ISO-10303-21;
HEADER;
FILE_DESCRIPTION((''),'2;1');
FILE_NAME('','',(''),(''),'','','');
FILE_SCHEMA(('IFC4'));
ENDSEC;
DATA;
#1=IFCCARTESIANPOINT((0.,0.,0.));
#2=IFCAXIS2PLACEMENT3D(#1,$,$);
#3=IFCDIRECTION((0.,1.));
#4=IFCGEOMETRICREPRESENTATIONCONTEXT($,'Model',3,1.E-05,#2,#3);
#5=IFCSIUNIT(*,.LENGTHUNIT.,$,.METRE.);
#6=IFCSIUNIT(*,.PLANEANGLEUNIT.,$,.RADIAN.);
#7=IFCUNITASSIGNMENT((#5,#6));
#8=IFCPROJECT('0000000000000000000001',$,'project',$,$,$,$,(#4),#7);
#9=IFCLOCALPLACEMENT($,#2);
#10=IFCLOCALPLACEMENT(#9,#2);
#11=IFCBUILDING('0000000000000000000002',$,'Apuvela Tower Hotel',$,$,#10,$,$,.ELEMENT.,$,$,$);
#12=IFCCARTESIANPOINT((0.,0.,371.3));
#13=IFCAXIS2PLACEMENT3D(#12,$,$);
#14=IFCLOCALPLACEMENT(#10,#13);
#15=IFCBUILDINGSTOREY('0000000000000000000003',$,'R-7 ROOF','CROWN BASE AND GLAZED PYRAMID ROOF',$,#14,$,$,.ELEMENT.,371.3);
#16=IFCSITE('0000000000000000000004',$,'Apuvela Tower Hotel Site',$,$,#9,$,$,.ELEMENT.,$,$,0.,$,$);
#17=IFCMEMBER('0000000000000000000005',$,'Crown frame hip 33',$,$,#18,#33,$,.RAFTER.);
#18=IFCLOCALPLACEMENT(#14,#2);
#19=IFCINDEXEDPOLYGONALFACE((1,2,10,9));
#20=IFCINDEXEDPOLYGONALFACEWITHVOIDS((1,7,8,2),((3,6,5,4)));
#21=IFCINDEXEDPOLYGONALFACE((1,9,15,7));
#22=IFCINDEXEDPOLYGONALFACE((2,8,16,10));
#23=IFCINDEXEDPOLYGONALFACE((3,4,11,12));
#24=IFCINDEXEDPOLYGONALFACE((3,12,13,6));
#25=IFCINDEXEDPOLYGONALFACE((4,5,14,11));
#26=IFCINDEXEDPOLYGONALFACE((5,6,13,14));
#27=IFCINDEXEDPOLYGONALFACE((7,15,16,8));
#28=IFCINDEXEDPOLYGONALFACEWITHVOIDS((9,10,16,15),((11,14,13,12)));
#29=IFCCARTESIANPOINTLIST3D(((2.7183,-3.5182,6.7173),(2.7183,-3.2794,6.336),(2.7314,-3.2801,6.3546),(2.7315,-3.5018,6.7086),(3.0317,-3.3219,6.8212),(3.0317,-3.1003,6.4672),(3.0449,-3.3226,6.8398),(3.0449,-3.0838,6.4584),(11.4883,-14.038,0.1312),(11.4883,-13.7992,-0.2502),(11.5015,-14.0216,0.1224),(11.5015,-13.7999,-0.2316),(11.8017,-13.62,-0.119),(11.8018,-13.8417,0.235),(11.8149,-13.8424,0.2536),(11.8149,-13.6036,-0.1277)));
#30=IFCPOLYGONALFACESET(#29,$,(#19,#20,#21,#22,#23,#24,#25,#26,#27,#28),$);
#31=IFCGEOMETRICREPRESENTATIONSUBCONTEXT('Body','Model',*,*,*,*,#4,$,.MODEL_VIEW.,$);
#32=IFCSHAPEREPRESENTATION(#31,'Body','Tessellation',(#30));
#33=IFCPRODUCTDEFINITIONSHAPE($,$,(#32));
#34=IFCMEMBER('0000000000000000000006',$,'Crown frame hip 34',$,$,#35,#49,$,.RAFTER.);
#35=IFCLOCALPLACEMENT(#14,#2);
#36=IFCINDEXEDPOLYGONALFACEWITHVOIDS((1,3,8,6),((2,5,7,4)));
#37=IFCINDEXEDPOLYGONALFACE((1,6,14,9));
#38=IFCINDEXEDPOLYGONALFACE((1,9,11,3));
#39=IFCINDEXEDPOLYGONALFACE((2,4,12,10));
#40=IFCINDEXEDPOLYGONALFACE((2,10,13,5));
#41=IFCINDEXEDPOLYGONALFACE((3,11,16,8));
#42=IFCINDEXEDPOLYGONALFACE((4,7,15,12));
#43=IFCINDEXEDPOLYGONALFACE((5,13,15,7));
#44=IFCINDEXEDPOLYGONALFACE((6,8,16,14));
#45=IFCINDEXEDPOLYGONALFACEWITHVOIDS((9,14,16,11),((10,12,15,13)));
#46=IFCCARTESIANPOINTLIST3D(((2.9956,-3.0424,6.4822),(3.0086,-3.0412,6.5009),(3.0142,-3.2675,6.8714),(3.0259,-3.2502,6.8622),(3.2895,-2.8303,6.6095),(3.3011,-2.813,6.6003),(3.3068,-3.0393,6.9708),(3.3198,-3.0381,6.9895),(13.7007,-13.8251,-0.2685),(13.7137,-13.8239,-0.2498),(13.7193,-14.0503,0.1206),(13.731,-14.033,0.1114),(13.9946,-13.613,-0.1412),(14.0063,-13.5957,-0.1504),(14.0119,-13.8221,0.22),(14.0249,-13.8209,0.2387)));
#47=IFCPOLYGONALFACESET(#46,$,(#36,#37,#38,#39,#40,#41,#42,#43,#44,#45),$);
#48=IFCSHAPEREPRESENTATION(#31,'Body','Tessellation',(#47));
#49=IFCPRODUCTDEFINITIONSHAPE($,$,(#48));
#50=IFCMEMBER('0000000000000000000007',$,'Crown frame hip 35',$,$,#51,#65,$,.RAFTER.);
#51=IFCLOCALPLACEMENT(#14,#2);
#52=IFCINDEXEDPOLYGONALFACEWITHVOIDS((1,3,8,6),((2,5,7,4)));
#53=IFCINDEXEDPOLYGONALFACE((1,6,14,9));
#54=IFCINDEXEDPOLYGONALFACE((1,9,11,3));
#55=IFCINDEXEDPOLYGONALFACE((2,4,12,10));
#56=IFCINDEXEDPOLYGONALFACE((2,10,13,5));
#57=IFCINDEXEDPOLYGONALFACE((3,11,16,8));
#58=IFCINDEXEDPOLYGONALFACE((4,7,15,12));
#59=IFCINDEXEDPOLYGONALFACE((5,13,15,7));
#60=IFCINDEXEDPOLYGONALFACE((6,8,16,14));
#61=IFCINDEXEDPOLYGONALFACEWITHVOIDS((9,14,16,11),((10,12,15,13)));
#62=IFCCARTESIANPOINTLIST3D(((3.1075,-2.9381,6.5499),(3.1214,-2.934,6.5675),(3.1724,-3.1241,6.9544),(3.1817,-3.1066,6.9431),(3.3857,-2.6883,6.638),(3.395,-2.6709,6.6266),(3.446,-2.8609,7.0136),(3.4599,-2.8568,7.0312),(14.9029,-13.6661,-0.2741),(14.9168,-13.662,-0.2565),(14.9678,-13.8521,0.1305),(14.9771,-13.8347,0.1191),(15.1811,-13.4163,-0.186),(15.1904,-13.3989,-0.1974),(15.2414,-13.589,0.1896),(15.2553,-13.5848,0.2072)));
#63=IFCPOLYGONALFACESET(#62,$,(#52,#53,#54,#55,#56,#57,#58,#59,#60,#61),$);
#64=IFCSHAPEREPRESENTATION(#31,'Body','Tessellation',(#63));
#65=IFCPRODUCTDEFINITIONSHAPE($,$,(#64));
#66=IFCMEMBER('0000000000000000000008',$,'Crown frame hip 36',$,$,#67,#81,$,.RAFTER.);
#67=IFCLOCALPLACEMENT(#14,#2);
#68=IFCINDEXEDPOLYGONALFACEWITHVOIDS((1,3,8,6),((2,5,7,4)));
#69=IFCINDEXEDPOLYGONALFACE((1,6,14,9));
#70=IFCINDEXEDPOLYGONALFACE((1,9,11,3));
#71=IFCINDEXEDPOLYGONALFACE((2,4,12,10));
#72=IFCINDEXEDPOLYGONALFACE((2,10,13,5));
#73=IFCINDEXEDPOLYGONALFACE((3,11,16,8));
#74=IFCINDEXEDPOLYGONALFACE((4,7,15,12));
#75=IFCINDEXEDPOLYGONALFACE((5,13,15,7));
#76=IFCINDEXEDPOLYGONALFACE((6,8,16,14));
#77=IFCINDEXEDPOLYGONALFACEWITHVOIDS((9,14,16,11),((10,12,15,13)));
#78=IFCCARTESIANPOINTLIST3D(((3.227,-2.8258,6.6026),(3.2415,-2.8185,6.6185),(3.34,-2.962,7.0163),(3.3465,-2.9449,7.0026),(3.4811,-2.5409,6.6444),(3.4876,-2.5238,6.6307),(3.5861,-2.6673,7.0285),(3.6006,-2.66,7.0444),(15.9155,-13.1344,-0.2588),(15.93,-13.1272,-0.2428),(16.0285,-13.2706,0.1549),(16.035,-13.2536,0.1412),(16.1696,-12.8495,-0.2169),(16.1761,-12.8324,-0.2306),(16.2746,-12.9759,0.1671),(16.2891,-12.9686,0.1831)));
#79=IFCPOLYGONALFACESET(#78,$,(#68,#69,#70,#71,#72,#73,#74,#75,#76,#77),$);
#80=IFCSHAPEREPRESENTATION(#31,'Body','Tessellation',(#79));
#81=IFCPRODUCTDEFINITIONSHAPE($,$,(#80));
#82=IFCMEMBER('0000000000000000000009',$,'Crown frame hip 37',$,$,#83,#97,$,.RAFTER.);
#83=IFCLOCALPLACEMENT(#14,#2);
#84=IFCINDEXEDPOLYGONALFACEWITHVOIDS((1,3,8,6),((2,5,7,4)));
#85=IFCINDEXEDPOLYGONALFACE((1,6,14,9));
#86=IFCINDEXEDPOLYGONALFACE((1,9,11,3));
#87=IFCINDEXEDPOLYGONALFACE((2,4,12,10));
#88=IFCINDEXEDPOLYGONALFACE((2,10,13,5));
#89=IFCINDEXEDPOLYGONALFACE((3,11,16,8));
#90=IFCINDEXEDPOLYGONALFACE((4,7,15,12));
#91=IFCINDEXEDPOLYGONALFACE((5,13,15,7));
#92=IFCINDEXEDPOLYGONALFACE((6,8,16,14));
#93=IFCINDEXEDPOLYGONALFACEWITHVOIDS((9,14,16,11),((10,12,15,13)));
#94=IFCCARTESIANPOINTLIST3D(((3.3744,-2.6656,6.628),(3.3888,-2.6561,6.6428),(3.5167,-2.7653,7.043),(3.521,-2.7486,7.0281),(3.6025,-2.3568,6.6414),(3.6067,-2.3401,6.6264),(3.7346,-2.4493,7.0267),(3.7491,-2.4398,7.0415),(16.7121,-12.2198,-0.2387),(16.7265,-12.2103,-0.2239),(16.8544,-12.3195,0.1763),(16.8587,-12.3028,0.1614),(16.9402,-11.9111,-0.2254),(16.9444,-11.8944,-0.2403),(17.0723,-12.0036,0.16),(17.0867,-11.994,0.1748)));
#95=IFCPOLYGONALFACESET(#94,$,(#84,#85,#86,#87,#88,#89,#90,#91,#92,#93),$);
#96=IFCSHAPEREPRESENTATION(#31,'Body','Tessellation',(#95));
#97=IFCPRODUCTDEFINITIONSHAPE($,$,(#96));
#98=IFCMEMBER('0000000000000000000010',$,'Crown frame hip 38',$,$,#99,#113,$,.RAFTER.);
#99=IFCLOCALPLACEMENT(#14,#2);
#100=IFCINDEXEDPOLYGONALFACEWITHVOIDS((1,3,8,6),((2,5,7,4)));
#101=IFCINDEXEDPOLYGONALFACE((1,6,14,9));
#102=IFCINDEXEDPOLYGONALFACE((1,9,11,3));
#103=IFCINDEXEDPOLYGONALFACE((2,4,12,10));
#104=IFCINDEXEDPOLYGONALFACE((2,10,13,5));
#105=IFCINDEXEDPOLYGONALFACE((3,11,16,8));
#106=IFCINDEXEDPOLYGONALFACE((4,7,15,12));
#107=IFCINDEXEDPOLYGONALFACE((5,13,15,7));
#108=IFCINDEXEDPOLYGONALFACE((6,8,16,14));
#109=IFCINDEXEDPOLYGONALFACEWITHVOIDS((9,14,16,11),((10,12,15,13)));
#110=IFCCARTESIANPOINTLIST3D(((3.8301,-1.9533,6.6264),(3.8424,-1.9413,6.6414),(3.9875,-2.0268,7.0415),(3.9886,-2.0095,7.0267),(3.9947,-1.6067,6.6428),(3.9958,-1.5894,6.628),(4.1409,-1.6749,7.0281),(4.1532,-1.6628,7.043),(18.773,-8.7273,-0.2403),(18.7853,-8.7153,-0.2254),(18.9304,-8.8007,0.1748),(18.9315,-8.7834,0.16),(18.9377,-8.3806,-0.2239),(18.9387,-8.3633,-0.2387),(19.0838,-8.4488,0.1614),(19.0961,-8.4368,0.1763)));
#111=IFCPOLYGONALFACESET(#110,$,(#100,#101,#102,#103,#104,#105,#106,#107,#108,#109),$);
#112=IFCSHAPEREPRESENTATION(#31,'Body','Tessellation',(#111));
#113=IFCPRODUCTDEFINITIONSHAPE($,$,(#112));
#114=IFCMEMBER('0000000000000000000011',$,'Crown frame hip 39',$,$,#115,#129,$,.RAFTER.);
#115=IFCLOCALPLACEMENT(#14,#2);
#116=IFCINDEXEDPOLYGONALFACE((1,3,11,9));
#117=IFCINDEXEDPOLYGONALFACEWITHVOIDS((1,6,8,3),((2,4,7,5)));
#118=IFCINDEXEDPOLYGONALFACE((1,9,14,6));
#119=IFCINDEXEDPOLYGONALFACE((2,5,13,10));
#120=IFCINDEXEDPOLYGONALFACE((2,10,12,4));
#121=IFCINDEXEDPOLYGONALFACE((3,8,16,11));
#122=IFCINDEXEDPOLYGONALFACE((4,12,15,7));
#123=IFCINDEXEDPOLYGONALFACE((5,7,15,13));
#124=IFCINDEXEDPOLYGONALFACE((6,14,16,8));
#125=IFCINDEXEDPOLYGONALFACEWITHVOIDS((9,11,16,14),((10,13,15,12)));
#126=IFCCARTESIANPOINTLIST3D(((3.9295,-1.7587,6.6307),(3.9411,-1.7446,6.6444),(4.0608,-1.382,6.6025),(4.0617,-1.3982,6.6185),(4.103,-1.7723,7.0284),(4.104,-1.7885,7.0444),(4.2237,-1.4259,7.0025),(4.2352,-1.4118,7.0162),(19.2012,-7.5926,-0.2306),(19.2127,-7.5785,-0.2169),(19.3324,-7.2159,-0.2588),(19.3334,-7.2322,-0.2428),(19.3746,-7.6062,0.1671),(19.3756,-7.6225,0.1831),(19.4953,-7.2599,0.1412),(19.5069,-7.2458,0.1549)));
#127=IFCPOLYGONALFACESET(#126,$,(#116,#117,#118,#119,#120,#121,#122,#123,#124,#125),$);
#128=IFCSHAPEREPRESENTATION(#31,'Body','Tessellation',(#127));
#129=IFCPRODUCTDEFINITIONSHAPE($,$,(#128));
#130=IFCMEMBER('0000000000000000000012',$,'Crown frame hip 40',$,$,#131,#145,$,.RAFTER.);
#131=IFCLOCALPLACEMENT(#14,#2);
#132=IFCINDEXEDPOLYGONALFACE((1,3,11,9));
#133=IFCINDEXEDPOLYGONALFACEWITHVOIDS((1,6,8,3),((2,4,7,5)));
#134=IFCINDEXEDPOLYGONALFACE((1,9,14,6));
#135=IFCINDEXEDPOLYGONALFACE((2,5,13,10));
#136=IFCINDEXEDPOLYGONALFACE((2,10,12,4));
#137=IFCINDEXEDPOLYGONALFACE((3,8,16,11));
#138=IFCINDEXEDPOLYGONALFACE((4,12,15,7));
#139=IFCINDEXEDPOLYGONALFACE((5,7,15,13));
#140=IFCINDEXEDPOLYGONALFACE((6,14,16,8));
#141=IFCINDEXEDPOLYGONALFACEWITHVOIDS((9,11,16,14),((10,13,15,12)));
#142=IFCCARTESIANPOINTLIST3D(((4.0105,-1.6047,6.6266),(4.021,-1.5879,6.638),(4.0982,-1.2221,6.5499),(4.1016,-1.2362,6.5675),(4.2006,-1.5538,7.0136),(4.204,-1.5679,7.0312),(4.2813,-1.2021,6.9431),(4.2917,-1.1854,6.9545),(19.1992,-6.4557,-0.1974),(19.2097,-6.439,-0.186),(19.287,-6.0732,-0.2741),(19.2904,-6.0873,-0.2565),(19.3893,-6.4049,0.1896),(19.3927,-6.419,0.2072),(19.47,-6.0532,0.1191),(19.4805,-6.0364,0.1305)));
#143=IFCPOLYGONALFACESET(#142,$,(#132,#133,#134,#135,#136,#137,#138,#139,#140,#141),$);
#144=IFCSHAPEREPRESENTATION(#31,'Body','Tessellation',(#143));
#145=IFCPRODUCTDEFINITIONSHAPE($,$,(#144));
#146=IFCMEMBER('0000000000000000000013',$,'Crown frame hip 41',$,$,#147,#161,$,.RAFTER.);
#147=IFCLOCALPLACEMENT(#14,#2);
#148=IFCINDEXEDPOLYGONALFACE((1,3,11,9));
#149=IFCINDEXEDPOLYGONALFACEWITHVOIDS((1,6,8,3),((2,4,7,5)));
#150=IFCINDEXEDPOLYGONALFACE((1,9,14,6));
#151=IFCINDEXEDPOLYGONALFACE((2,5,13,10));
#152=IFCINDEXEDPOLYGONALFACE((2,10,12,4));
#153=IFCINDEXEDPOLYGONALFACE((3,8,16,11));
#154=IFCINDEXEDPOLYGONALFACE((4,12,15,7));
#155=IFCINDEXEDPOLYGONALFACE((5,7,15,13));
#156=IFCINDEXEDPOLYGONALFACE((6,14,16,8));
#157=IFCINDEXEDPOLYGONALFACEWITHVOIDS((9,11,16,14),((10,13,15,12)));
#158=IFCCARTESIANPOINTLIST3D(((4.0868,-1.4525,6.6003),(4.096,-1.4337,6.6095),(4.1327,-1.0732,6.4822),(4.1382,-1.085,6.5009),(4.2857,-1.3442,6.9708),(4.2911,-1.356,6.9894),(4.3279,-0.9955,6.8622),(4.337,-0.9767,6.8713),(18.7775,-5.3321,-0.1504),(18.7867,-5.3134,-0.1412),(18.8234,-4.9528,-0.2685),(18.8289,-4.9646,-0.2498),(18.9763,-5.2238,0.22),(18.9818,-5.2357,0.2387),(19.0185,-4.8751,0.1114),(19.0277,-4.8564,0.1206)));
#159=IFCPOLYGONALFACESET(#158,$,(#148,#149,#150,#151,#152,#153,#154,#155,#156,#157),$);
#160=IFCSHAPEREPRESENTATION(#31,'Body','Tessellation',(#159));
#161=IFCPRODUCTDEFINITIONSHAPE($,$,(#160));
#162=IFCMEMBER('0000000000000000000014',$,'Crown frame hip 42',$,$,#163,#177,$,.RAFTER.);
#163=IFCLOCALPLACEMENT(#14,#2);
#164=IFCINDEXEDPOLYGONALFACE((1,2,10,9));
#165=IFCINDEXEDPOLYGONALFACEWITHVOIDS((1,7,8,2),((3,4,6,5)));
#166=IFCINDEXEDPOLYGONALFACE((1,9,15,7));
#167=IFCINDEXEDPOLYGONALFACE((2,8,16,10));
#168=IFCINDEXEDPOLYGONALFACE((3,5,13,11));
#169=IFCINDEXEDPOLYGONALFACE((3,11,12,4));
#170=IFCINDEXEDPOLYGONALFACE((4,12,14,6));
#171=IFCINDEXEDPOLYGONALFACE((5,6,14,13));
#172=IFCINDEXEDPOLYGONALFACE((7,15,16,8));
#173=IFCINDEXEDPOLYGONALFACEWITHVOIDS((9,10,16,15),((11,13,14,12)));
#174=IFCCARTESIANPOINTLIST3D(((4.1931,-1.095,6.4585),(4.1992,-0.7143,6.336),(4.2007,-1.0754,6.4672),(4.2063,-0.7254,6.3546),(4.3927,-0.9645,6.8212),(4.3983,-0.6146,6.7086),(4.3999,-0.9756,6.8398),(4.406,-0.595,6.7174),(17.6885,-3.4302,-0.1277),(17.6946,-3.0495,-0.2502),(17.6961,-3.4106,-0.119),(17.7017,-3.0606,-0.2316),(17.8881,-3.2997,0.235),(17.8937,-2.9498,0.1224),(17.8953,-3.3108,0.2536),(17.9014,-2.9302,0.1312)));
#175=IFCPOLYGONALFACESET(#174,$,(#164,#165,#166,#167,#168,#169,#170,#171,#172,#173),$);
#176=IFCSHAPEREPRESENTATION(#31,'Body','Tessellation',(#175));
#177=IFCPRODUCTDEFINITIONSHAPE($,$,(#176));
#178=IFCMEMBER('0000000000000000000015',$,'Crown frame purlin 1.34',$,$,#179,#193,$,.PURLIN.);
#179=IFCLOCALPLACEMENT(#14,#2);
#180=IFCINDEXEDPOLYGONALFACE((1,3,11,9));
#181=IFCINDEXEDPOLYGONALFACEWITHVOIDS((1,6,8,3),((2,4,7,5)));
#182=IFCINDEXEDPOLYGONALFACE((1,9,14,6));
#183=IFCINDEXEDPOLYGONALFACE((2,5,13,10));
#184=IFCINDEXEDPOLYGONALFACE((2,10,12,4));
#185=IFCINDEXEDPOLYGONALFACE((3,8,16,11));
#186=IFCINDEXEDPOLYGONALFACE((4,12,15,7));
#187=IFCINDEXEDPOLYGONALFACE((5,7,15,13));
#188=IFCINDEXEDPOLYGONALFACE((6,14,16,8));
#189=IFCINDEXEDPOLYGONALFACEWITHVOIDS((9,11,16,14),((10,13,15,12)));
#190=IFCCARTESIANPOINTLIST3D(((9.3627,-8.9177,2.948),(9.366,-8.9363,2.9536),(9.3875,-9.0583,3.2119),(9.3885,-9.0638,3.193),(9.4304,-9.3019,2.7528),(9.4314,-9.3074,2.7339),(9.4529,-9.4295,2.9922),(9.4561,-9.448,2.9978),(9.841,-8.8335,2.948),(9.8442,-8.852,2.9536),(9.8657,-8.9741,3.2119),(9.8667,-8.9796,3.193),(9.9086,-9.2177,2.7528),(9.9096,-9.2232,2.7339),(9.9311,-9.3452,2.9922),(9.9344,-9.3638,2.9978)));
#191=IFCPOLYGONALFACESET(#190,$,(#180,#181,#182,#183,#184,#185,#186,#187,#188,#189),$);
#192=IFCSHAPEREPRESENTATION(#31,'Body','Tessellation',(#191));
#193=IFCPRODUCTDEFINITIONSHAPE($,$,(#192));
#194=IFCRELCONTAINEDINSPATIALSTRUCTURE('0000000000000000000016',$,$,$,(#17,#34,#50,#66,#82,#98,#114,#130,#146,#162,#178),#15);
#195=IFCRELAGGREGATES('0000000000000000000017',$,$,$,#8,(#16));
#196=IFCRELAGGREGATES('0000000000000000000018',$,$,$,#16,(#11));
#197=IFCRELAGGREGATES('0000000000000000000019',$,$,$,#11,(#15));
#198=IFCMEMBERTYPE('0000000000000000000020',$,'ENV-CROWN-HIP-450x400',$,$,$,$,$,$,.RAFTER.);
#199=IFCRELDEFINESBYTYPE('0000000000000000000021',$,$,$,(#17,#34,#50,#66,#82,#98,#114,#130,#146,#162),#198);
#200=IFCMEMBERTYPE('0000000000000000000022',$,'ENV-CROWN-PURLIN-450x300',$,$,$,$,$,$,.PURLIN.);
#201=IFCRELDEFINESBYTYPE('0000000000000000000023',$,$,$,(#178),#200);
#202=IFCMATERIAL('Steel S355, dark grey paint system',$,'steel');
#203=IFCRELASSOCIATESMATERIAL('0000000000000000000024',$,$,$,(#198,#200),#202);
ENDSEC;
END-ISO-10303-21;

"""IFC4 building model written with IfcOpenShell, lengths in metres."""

from ifc_helpers import new_model, si_unit, direction, frame, origin, origin_2d, place, context, subcontext, project, spatial, hollow_rectangle, extrude, material, material_profile, profile_set, type_object, element, save


model = new_model("IFC4")

# Units and contexts
model_context = context("Model", 3, precision=1e-05, world=origin(), true_north=direction((0.0, 1.0)))
body_context = subcontext(model_context, "Body", "Model", "MODEL_VIEW")
ifc_project = project(units=[si_unit("LENGTHUNIT", "METRE"), si_unit("PLANEANGLEUNIT", "RADIAN")], contexts=[model_context])

# Site, building, storey
site_placement = place(None, origin())
site = spatial("IfcSite", under=ifc_project, at=site_placement, Name="Apuvela Tower Hotel Site", CompositionType="ELEMENT", RefElevation=0.0)
building_placement = place(site_placement, origin())
building = spatial("IfcBuilding", under=site, at=building_placement, Name="Apuvela Tower Hotel", CompositionType="ELEMENT")
storey_placement = place(building_placement, frame((0.0, 0.0, 371.3)))
storey = spatial("IfcBuildingStorey", under=building, at=storey_placement, Name="R-7 ROOF", Description="CROWN BASE AND GLAZED PYRAMID ROOF", CompositionType="ELEMENT", Elevation=371.3)

# Members
ifc_material_1 = material(Name="Steel S355, dark grey paint system", Category="steel")
ifc_material_profile_1 = material_profile(ifc_material_1, hollow_rectangle(XDim=0.3999, YDim=0.45, WallThickness=0.0161, at=origin_2d()), Name="HSS 450x400x16")
ifc_profile_set_1 = profile_set([ifc_material_profile_1], Name="Steel S355, dark grey paint system")
member_type_1 = type_object("IfcMemberType", Name="ENV-CROWN-HIP-450x400", PredefinedType="RAFTER", material=ifc_profile_set_1)
member_1_placement = place(storey_placement, frame((11.6516, -13.8208, 0.0017), z_axis=(-0.577079, 0.692215, 0.43338), x_axis=(-0.816688, -0.489128, -0.306226)))
element("IfcMember", 1, at=member_1_placement, inside=storey, type_object=member_type_1, Name="Crown frame hip 33", PredefinedType="RAFTER", context=body_context, shape_type="SweptSolid", body=[
    extrude(hollow_rectangle(XDim=0.3999, YDim=0.45, WallThickness=0.0161, at=origin_2d()), origin(), (0.0, 0.0, 1.0), 15.1973),
])
member_2_placement = place(storey_placement, frame((13.8628, -13.823, -0.0149), z_axis=(-0.643859, 0.648529, 0.406024), x_axis=(-0.764024, -0.573627, -0.295329)))
element("IfcMember", 2, at=member_2_placement, inside=storey, type_object=member_type_1, Name="Crown frame hip 34", PredefinedType="RAFTER", context=body_context, shape_type="SweptSolid", body=[
    extrude(hollow_rectangle(XDim=0.3999, YDim=0.45, WallThickness=0.0161, at=origin_2d()), origin(), (0.0, 0.0, 1.0), 16.6265),
])
member_3_placement = place(storey_placement, frame((15.0791, -13.6255, -0.0334), z_axis=(-0.680115, 0.61857, 0.393465), x_axis=(-0.718765, -0.66827, -0.191812)))
element("IfcMember", 3, at=member_3_placement, inside=storey, type_object=member_type_1, Name="Crown frame hip 35", PredefinedType="RAFTER", context=body_context, shape_type="SweptSolid", body=[
    extrude(hollow_rectangle(XDim=0.3999, YDim=0.45, WallThickness=0.0161, at=origin_2d()), origin(), (0.0, 0.0, 1.0), 17.3433),
])
member_4_placement = place(storey_placement, frame((16.1023, -13.0515, -0.0378), z_axis=(-0.715662, 0.581431, 0.386996), x_axis=(-0.651663, -0.755231, -0.07043)))
element("IfcMember", 4, at=member_4_placement, inside=storey, type_object=member_type_1, Name="Crown frame hip 36", PredefinedType="RAFTER", context=body_context, shape_type="SweptSolid", body=[
    extrude(hollow_rectangle(XDim=0.3999, YDim=0.45, WallThickness=0.0161, at=origin_2d()), origin(), (0.0, 0.0, 1.0), 17.7297),
])
for number, where, z_axis, x_axis, name in (
    (5, (16.8994, -12.1069, -0.032), (-0.749913, 0.537188, 0.386082), (-0.581027, -0.813875, 0.003843), "Crown frame hip 37"),
    (6, (18.9346, -8.582, -0.032), (-0.840168, 0.380866, 0.386082), (-0.41434, -0.910114, -0.003843), "Crown frame hip 38"),
):
    element("IfcMember", number, at=place(storey_placement, frame(where, z_axis=z_axis, x_axis=x_axis)), inside=storey, type_object=member_type_1, Name=name, PredefinedType="RAFTER", context=body_context, shape_type="SweptSolid", body=[
        extrude(hollow_rectangle(XDim=0.3999, YDim=0.45, WallThickness=0.0161, at=origin_2d()), origin(), (0.0, 0.0, 1.0), 17.7856),
    ])
member_5_placement = place(storey_placement, frame((19.354, -7.4192, -0.0378), z_axis=(-0.861369, 0.329053, 0.386998), x_axis=(-0.328204, -0.941978, 0.07043)))
element("IfcMember", 7, at=member_5_placement, inside=storey, type_object=member_type_1, Name="Crown frame hip 39", PredefinedType="RAFTER", context=body_context, shape_type="SweptSolid", body=[
    extrude(hollow_rectangle(XDim=0.3999, YDim=0.45, WallThickness=0.0161, at=origin_2d()), origin(), (0.0, 0.0, 1.0), 17.7295),
])
member_6_placement = place(storey_placement, frame((19.3398, -6.2461, -0.0334), z_axis=(-0.875759, 0.279706, 0.39346), x_axis=(-0.21935, -0.956605, 0.191812)))
element("IfcMember", 8, at=member_6_placement, inside=storey, type_object=member_type_1, Name="Crown frame hip 40", PredefinedType="RAFTER", context=body_context, shape_type="SweptSolid", body=[
    extrude(hollow_rectangle(XDim=0.3999, YDim=0.45, WallThickness=0.0161, at=origin_2d()), origin(), (0.0, 0.0, 1.0), 17.3435),
])
member_7_placement = place(storey_placement, frame((18.9026, -5.0942, -0.0149), z_axis=(-0.883571, 0.233341, 0.406023), x_axis=(-0.114771, -0.948477, 0.295329)))
element("IfcMember", 9, at=member_7_placement, inside=storey, type_object=member_type_1, Name="Crown frame hip 41", PredefinedType="RAFTER", context=body_context, shape_type="SweptSolid", body=[
    extrude(hollow_rectangle(XDim=0.3999, YDim=0.45, WallThickness=0.0161, at=origin_2d()), origin(), (0.0, 0.0, 1.0), 16.6265),
])
member_8_placement = place(storey_placement, frame((17.7949, -3.1802, 0.0017), z_axis=(-0.888015, 0.15366, 0.43338), x_axis=(-0.015255, -0.951837, 0.306226)))
element("IfcMember", 10, at=member_8_placement, inside=storey, type_object=member_type_1, Name="Crown frame hip 42", PredefinedType="RAFTER", context=body_context, shape_type="SweptSolid", body=[
    extrude(hollow_rectangle(XDim=0.3999, YDim=0.45, WallThickness=0.0161, at=origin_2d()), origin(), (0.0, 0.0, 1.0), 15.1973),
])
ifc_material_profile_2 = material_profile(ifc_material_1, hollow_rectangle(XDim=0.45, YDim=0.3, WallThickness=0.0139, at=origin_2d()), Name="HSS 450x300x14")
ifc_profile_set_2 = profile_set([ifc_material_profile_2], Name="Steel S355, dark grey paint system")
member_type_2 = type_object("IfcMemberType", Name="ENV-CROWN-PURLIN-450x300", PredefinedType="PURLIN", material=ifc_profile_set_2)
member_9_placement = place(storey_placement, frame((9.4094, -9.1829, 2.9729), z_axis=(0.984844, 0.173441, 0.0), x_axis=(-0.152547, 0.866202, 0.475839)))
element("IfcMember", 11, at=member_9_placement, inside=storey, type_object=member_type_2, Name="Crown frame purlin 1.34", PredefinedType="PURLIN", context=body_context, shape_type="SweptSolid", body=[
    extrude(hollow_rectangle(XDim=0.45, YDim=0.3, WallThickness=0.0139, at=origin_2d()), origin(), (0.0, 0.0, 1.0), 0.4856),
])

save(model, "model.ifc")
